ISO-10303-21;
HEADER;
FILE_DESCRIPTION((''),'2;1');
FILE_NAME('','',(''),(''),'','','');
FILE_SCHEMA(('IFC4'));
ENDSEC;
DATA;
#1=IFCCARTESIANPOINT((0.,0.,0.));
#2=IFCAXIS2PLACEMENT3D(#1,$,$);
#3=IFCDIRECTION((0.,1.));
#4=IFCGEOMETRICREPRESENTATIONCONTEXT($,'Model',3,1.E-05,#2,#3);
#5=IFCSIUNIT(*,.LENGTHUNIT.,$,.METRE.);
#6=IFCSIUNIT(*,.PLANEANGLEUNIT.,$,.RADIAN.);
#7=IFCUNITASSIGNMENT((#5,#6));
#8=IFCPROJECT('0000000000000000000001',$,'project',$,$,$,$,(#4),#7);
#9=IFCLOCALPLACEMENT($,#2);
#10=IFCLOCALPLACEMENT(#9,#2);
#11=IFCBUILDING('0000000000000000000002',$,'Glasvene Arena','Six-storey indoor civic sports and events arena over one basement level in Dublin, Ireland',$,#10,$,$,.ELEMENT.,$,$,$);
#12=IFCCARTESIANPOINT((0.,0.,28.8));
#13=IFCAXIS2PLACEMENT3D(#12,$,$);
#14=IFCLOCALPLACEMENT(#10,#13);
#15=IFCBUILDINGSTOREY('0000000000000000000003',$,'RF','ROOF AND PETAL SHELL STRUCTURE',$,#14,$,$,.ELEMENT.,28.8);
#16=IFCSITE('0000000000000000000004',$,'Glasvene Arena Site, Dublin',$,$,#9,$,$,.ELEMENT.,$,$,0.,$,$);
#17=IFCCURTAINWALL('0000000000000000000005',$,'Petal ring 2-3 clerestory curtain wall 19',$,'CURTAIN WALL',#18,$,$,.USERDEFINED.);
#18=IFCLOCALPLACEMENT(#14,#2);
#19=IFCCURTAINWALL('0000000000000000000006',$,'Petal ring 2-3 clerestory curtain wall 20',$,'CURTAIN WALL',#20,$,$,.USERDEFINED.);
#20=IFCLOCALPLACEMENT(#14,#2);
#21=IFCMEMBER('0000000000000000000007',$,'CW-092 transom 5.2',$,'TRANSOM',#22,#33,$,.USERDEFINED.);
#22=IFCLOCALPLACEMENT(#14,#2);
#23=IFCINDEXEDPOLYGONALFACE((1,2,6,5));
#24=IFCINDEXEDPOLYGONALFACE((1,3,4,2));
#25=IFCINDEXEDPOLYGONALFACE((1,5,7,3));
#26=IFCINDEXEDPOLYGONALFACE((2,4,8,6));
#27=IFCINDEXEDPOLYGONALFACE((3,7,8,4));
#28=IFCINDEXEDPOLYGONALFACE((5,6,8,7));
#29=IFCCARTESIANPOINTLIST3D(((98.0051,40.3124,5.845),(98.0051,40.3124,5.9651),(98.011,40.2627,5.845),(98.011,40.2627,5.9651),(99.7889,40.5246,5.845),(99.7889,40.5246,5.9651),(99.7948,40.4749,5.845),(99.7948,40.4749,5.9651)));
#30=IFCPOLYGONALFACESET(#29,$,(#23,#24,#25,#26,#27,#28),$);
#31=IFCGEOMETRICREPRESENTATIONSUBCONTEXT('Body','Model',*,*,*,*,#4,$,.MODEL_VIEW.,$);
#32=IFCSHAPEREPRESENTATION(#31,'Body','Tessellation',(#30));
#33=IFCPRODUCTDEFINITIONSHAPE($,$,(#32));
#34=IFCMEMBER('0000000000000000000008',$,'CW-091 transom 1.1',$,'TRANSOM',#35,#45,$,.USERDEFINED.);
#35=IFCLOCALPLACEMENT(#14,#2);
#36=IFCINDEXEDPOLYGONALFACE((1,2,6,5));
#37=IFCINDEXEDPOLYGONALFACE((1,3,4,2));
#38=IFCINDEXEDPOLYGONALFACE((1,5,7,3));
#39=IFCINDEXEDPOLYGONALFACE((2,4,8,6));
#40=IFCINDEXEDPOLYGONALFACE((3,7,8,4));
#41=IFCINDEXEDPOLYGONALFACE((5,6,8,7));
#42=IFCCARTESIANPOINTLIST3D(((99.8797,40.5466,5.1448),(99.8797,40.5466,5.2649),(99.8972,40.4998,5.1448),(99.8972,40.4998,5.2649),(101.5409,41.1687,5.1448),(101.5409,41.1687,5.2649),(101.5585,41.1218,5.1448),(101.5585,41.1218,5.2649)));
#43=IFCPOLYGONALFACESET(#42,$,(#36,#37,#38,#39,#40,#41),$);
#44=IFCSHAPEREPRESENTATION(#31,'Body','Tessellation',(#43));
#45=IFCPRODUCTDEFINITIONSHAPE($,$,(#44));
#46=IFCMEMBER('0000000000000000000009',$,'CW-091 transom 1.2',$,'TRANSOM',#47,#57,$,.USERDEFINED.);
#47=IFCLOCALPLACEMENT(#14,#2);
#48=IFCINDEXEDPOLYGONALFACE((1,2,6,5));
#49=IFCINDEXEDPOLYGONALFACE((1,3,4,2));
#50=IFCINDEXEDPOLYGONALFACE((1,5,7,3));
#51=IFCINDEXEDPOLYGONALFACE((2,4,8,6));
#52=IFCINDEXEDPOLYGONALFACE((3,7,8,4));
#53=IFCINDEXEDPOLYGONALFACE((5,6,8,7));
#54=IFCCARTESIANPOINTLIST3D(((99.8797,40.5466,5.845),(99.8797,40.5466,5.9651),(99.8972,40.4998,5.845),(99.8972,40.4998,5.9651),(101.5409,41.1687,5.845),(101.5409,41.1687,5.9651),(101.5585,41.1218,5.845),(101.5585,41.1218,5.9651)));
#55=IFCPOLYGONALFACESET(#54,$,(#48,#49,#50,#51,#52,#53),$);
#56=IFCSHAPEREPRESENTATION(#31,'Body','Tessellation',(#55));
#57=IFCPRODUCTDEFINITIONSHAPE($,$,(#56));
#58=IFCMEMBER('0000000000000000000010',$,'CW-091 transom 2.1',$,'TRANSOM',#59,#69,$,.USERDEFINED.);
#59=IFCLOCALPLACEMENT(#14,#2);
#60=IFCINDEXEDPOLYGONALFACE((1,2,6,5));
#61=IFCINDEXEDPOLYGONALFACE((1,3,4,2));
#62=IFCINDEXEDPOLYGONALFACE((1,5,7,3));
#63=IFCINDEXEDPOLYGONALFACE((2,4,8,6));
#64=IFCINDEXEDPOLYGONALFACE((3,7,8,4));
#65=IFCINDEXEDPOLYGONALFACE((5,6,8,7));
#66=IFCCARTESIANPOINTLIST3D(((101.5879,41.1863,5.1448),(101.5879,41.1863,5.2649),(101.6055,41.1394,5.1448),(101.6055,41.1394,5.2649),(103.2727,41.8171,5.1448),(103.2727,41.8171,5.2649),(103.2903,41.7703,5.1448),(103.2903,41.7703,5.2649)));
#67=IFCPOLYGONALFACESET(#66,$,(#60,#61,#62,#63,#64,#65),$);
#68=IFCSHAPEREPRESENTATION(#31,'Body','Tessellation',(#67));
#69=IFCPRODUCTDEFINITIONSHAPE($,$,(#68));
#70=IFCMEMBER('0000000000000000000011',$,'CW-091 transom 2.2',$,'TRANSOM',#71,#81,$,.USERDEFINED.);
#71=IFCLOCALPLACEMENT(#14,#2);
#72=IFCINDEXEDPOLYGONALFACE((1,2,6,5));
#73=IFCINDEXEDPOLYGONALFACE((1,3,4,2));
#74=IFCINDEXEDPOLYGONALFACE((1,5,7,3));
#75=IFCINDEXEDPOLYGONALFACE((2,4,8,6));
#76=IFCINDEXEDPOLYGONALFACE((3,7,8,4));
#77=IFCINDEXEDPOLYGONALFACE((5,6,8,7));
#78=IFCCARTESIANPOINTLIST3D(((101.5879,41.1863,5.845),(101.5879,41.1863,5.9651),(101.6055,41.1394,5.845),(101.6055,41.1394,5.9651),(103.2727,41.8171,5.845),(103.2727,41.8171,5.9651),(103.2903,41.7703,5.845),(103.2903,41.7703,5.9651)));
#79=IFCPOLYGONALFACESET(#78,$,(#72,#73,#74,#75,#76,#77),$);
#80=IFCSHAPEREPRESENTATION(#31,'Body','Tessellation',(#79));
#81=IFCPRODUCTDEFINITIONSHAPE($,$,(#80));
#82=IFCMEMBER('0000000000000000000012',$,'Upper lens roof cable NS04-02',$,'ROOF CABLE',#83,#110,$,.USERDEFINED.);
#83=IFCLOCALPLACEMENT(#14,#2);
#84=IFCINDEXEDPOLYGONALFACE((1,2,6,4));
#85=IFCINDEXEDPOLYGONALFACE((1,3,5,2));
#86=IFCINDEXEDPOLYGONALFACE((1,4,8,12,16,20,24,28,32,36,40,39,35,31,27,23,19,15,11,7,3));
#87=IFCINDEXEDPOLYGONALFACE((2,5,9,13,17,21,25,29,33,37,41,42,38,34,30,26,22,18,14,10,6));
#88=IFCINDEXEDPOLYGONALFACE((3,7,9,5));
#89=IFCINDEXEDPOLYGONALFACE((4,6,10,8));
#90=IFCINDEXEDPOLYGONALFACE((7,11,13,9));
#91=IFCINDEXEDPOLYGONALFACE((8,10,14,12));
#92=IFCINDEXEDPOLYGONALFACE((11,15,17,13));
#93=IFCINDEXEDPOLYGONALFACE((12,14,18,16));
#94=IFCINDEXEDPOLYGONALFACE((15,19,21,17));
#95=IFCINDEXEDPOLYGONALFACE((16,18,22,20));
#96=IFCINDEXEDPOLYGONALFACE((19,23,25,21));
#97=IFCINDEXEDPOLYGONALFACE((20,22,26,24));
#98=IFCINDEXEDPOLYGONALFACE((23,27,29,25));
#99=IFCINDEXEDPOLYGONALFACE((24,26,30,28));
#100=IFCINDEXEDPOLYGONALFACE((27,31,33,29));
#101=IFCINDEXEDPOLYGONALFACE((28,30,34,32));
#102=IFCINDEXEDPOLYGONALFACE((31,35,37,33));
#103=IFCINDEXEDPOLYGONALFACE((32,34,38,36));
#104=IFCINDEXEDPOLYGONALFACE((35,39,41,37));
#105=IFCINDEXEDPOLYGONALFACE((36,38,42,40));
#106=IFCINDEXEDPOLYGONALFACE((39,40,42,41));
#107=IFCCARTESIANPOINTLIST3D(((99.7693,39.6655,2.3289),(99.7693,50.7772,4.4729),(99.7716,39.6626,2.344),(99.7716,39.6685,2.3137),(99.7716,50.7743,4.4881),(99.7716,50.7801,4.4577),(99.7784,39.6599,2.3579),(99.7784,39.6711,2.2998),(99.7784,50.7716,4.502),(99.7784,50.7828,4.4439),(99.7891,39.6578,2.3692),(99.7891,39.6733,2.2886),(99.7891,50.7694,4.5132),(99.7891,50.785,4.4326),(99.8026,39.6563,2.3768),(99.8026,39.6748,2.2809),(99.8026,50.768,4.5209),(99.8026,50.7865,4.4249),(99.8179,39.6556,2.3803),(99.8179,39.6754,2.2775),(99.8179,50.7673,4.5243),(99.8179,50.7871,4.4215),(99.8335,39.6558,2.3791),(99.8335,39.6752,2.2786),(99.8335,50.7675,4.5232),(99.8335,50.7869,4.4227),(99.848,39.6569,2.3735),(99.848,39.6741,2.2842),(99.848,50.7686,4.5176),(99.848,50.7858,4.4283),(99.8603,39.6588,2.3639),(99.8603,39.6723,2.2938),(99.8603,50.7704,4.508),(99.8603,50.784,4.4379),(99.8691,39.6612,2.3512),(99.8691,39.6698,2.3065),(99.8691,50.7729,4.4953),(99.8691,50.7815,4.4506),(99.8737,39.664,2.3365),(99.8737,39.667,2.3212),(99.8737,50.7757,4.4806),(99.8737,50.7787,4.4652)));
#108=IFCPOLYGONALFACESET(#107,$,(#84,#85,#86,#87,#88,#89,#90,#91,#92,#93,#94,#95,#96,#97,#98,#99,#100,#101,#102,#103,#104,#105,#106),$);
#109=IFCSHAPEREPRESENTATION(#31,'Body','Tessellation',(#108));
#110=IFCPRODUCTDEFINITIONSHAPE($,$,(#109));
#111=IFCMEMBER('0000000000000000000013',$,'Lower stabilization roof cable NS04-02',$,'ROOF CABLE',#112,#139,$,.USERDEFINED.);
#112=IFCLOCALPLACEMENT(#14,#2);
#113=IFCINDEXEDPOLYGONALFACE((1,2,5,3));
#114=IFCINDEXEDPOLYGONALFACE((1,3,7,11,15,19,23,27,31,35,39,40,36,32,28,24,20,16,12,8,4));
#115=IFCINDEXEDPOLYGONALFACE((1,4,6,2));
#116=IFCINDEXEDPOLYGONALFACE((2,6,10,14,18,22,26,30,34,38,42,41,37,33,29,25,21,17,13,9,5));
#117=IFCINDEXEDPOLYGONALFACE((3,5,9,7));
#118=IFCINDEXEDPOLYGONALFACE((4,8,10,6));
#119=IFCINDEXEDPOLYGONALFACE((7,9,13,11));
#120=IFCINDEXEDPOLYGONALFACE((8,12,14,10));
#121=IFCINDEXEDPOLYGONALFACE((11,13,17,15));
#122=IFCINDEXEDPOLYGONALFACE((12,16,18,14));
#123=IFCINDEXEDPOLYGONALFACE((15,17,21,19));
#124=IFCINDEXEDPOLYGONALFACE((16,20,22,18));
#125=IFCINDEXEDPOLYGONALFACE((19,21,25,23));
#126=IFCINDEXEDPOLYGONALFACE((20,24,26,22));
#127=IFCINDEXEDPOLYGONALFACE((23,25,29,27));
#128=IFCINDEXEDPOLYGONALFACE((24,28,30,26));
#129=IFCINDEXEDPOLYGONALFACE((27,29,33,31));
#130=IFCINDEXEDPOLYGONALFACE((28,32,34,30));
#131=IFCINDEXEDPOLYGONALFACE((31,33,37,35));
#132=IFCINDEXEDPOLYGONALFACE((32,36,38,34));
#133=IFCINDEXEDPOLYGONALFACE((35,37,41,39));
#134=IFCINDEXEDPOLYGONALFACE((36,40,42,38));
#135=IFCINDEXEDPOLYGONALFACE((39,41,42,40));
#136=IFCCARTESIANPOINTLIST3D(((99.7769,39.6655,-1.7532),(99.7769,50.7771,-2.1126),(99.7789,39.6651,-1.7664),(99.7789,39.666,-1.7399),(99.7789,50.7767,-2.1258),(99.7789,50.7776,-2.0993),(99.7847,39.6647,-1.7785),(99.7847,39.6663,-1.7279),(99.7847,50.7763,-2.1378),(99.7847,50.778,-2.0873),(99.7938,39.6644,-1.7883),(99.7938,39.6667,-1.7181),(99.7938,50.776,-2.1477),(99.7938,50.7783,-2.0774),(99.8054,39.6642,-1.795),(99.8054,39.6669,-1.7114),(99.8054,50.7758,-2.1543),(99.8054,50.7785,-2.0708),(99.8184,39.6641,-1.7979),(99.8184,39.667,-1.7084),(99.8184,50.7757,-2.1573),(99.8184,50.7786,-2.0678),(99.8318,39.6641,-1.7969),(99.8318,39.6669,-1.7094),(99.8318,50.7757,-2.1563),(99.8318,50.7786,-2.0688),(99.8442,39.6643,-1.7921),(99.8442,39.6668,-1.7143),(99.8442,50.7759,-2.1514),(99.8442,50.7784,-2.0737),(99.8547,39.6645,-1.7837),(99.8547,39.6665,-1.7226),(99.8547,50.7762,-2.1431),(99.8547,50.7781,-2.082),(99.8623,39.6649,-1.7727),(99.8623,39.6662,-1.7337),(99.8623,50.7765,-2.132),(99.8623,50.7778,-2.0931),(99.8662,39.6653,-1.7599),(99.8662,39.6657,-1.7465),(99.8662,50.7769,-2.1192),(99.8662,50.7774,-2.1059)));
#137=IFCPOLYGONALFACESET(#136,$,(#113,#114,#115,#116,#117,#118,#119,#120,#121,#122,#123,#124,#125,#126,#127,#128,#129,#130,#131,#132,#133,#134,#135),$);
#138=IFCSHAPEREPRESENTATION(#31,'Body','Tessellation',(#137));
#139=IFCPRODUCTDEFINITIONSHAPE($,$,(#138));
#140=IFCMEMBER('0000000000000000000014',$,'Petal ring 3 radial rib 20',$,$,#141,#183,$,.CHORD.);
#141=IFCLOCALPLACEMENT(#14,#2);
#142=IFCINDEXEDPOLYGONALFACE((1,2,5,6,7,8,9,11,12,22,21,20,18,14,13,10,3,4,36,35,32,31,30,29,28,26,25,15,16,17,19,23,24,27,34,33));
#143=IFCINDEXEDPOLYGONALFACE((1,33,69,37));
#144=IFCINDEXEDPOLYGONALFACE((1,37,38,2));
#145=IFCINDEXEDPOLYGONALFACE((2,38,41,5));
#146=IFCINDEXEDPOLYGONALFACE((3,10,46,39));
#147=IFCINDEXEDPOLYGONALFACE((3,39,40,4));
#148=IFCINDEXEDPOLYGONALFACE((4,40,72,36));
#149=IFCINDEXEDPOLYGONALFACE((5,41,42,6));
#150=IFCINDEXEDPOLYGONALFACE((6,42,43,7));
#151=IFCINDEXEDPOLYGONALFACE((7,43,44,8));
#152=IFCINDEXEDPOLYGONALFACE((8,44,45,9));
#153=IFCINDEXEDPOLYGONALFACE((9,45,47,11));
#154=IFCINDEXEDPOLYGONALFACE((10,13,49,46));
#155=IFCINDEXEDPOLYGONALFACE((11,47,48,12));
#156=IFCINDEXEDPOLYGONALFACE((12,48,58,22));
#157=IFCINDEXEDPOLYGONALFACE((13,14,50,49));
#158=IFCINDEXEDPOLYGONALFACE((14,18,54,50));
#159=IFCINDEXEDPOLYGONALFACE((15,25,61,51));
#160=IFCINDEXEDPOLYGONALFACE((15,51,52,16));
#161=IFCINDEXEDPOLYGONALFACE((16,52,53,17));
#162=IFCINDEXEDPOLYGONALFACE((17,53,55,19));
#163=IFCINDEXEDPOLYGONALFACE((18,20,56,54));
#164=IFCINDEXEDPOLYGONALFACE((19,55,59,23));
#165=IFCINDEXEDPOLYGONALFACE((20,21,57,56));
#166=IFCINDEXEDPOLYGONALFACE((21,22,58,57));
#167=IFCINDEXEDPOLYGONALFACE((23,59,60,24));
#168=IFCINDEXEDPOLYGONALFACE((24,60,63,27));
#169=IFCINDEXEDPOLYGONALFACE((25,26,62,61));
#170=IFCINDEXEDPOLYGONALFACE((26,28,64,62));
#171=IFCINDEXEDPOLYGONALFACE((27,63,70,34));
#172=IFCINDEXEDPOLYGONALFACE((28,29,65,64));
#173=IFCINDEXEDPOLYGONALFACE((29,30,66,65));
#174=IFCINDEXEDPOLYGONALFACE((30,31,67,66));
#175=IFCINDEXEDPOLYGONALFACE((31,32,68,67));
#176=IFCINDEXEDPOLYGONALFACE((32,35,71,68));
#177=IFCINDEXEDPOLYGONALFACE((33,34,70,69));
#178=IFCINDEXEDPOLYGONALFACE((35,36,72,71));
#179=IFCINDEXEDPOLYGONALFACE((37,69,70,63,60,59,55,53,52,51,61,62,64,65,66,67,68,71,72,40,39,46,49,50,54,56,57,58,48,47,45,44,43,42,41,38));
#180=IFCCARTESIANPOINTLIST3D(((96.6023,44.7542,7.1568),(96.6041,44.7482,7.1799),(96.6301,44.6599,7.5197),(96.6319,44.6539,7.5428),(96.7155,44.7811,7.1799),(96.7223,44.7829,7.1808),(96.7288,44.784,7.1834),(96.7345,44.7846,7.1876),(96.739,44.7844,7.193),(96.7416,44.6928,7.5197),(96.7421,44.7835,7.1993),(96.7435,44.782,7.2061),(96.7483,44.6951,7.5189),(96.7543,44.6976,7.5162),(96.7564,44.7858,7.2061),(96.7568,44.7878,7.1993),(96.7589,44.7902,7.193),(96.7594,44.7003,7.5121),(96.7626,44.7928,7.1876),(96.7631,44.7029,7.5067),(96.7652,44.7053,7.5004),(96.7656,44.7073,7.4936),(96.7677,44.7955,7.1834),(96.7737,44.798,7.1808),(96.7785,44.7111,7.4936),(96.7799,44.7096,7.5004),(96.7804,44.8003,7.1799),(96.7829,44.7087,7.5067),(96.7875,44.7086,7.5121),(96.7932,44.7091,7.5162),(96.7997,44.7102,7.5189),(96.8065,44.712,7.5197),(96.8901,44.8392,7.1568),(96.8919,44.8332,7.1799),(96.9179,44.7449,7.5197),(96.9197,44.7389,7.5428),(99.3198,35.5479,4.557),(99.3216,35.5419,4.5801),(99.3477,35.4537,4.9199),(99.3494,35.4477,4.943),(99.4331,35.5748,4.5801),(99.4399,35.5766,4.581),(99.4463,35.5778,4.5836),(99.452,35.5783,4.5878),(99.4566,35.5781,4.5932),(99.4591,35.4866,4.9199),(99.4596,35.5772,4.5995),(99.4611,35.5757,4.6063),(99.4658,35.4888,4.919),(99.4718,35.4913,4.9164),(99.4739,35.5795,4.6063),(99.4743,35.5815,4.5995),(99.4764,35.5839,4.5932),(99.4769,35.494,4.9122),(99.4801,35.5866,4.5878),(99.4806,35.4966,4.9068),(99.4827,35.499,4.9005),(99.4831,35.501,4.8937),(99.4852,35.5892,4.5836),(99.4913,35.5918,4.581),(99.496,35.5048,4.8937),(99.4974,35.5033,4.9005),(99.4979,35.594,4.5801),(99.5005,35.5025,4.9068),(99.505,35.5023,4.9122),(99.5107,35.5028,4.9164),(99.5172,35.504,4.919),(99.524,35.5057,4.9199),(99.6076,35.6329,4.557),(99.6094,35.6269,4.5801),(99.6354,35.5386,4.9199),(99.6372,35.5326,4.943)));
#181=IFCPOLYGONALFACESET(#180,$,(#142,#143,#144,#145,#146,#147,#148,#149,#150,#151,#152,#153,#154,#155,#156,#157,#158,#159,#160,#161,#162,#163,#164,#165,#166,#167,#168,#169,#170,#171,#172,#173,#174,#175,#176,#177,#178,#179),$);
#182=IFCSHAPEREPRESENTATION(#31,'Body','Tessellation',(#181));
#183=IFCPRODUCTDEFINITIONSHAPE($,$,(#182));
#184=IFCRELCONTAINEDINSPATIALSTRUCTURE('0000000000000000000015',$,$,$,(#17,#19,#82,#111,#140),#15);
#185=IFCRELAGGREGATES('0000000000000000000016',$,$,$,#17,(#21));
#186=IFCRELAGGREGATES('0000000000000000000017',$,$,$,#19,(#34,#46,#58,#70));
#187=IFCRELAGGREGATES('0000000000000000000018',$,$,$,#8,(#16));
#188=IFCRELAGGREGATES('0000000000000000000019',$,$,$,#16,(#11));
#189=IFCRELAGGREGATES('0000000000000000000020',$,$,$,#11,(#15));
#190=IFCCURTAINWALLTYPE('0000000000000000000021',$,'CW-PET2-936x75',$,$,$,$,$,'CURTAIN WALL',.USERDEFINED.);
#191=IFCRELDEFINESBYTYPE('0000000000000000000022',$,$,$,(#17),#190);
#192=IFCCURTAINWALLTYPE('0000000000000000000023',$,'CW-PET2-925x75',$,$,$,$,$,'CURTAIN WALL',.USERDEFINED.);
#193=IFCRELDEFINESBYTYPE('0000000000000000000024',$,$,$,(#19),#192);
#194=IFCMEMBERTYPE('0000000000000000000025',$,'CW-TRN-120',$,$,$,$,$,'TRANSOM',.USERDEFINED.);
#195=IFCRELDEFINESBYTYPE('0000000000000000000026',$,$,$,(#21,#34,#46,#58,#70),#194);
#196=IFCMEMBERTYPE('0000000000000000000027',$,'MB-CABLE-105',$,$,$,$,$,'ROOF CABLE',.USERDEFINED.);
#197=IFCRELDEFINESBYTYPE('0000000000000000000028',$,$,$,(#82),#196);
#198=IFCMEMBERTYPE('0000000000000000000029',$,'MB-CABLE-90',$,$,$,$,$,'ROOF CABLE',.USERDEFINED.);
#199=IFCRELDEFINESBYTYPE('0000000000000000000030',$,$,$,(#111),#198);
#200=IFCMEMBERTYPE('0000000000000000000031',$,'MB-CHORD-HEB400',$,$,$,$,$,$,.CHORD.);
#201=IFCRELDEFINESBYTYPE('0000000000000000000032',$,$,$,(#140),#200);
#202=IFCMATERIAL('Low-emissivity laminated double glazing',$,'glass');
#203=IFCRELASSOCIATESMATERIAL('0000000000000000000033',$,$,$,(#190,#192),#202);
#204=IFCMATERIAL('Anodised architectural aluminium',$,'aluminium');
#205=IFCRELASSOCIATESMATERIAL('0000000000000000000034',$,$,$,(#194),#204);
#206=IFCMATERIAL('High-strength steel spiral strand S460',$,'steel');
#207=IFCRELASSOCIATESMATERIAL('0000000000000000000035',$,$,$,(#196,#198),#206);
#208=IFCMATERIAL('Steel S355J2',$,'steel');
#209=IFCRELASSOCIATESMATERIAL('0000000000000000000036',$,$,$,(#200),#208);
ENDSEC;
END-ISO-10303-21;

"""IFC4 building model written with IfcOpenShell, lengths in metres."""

from ifc_helpers import new_model, si_unit, direction, frame, origin, origin_2d, place, context, subcontext, project, spatial, rectangle, circle, i_section, extrude, material, material_profile, profile_set, type_object, element, aggregate, save


model = new_model("IFC4")

# Units and contexts
model_context = context("Model", 3, precision=1e-05, world=origin(), true_north=direction((0.0, 1.0)))
body_context = subcontext(model_context, "Body", "Model", "MODEL_VIEW")
ifc_project = project(units=[si_unit("LENGTHUNIT", "METRE"), si_unit("PLANEANGLEUNIT", "RADIAN")], contexts=[model_context])

# Site, building, storey
site_placement = place(None, origin())
site = spatial("IfcSite", under=ifc_project, at=site_placement, Name="Glasvene Arena Site, Dublin", CompositionType="ELEMENT", RefElevation=0.0)
building_placement = place(site_placement, origin())
building = spatial("IfcBuilding", under=site, at=building_placement, Name="Glasvene Arena", Description="Six-storey indoor civic sports and events arena over one basement level in Dublin, Ireland", CompositionType="ELEMENT")
storey_placement = place(building_placement, frame((0.0, 0.0, 28.8)))
storey = spatial("IfcBuildingStorey", under=building, at=storey_placement, Name="RF", Description="ROOF AND PETAL SHELL STRUCTURE", CompositionType="ELEMENT", Elevation=28.8)

# Curtain walls
ifc_material_1 = material(Name="Low-emissivity laminated double glazing", Category="glass")
ifc_material_2 = material(Name="Anodised architectural aluminium", Category="aluminium")
curtain_wall_type_1 = type_object("IfcCurtainWallType", Name="CW-PET2-936x75", ElementType="CURTAIN WALL", PredefinedType="USERDEFINED", material=ifc_material_1)
curtain_wall_1_placement = place(storey_placement, frame((90.55, 39.3999, 0.0)))
curtain_wall_1 = element("IfcCurtainWall", 1, at=curtain_wall_1_placement, inside=storey, type_object=curtain_wall_type_1, Name="Petal ring 2-3 clerestory curtain wall 19", ObjectType="CURTAIN WALL", PredefinedType="USERDEFINED")
curtain_wall_type_2 = type_object("IfcCurtainWallType", Name="CW-PET2-925x75", ElementType="CURTAIN WALL", PredefinedType="USERDEFINED", material=ifc_material_1)
curtain_wall_2_placement = place(storey_placement, frame((99.8416, 40.5056, 0.0)))
curtain_wall_2 = element("IfcCurtainWall", 2, at=curtain_wall_2_placement, inside=storey, type_object=curtain_wall_type_2, Name="Petal ring 2-3 clerestory curtain wall 20", ObjectType="CURTAIN WALL", PredefinedType="USERDEFINED")

# Members
ifc_material_profile_1 = material_profile(ifc_material_2, rectangle(XDim=0.05, YDim=0.1201, at=origin_2d()), Name="ALU TRANSOM 50x120")
ifc_profile_set_1 = profile_set([ifc_material_profile_1], Name="Anodised architectural aluminium")
member_type_1 = type_object("IfcMemberType", Name="CW-TRN-120", ElementType="TRANSOM", PredefinedType="USERDEFINED", material=ifc_profile_set_1)
member_1_placement = place(storey_placement, frame((98.0081, 40.2876, 5.905), z_axis=(0.993002, 0.118095, 0.0), x_axis=(-0.118095, 0.993002, 0.0)))
member_1 = element("IfcMember", 3, at=member_1_placement, type_object=member_type_1, Name="CW-092 transom 5.2", ObjectType="TRANSOM", PredefinedType="USERDEFINED", context=body_context, shape_type="SweptSolid", body=[
    extrude(rectangle(XDim=0.05, YDim=0.1201, at=origin_2d()), origin(), (0.0, 0.0, 1.0), 1.7964),
])
member_2_placement = place(storey_placement, frame((99.8884, 40.5232, 5.2048), z_axis=(0.936504, 0.350656, 0.0), x_axis=(-0.350656, 0.936504, 0.0)))
member_2 = element("IfcMember", 4, at=member_2_placement, type_object=member_type_1, Name="CW-091 transom 1.1", ObjectType="TRANSOM", PredefinedType="USERDEFINED", context=body_context, shape_type="SweptSolid", body=[
    extrude(rectangle(XDim=0.05, YDim=0.1201, at=origin_2d()), origin(), (0.0, 0.0, 1.0), 1.7739),
])
member_3_placement = place(storey_placement, frame((99.8884, 40.5232, 5.905), z_axis=(0.936504, 0.350656, 0.0), x_axis=(-0.350656, 0.936504, 0.0)))
member_3 = element("IfcMember", 5, at=member_3_placement, type_object=member_type_1, Name="CW-091 transom 1.2", ObjectType="TRANSOM", PredefinedType="USERDEFINED", context=body_context, shape_type="SweptSolid", body=[
    extrude(rectangle(XDim=0.05, YDim=0.1201, at=origin_2d()), origin(), (0.0, 0.0, 1.0), 1.7739),
])
member_4_placement = place(storey_placement, frame((101.5967, 41.1628, 5.2048), z_axis=(0.936502, 0.350662, 0.0), x_axis=(-0.350662, 0.936502, 0.0)))
member_4 = element("IfcMember", 6, at=member_4_placement, type_object=member_type_1, Name="CW-091 transom 2.1", ObjectType="TRANSOM", PredefinedType="USERDEFINED", context=body_context, shape_type="SweptSolid", body=[
    extrude(rectangle(XDim=0.05, YDim=0.1201, at=origin_2d()), origin(), (0.0, 0.0, 1.0), 1.7991),
])
member_5_placement = place(storey_placement, frame((101.5967, 41.1628, 5.905), z_axis=(0.936502, 0.350662, 0.0), x_axis=(-0.350662, 0.936502, 0.0)))
member_5 = element("IfcMember", 7, at=member_5_placement, type_object=member_type_1, Name="CW-091 transom 2.2", ObjectType="TRANSOM", PredefinedType="USERDEFINED", context=body_context, shape_type="SweptSolid", body=[
    extrude(rectangle(XDim=0.05, YDim=0.1201, at=origin_2d()), origin(), (0.0, 0.0, 1.0), 1.7991),
])

# Members
ifc_material_3 = material(Name="High-strength steel spiral strand S460", Category="steel")
ifc_material_profile_2 = material_profile(ifc_material_3, circle(Radius=0.0525, at=origin_2d()), Name="LCSS D105")
ifc_profile_set_2 = profile_set([ifc_material_profile_2], Name="High-strength steel spiral strand S460")
member_type_2 = type_object("IfcMemberType", Name="MB-CABLE-105", ElementType="ROOF CABLE", PredefinedType="USERDEFINED", material=ifc_profile_set_2)
member_6_placement = place(storey_placement, frame((99.8218, 39.6655, 2.3289), z_axis=(0.0, 0.981888, 0.189461), x_axis=(-1.0, 0.0, 0.0)))
element("IfcMember", 8, at=member_6_placement, inside=storey, type_object=member_type_2, Name="Upper lens roof cable NS04-02", ObjectType="ROOF CABLE", PredefinedType="USERDEFINED", context=body_context, shape_type="SweptSolid", body=[
    extrude(circle(Radius=0.0525, at=origin_2d()), origin(), (0.0, 0.0, 1.0), 11.3167),
])
ifc_material_profile_3 = material_profile(ifc_material_3, circle(Radius=0.0449, at=origin_2d()), Name="LCSS D90")
ifc_profile_set_3 = profile_set([ifc_material_profile_3], Name="High-strength steel spiral strand S460")
member_type_3 = type_object("IfcMemberType", Name="MB-CABLE-90", ElementType="ROOF CABLE", PredefinedType="USERDEFINED", material=ifc_profile_set_3)
member_7_placement = place(storey_placement, frame((99.8218, 39.6655, -1.7532), z_axis=(0.0, 0.999477, -0.032326), x_axis=(-1.0, 0.0, 0.0)))
element("IfcMember", 9, at=member_7_placement, inside=storey, type_object=member_type_3, Name="Lower stabilization roof cable NS04-02", ObjectType="ROOF CABLE", PredefinedType="USERDEFINED", context=body_context, shape_type="SweptSolid", body=[
    extrude(circle(Radius=0.0449, at=origin_2d()), origin(), (0.0, 0.0, 1.0), 11.1174),
])
ifc_material_4 = material(Name="Steel S355J2", Category="steel")
ifc_material_profile_4 = material_profile(ifc_material_4, i_section(OverallWidth=0.3, OverallDepth=0.3999, WebThickness=0.0134, FlangeThickness=0.0239, FilletRadius=0.0271, at=origin_2d()), Name="HEB 400")
ifc_profile_set_4 = profile_set([ifc_material_profile_4], Name="Steel S355J2")
member_type_4 = type_object("IfcMemberType", Name="MB-CHORD-HEB400", PredefinedType="CHORD", material=ifc_profile_set_4)
member_8_placement = place(storey_placement, frame((99.4785, 35.5403, 4.75), z_axis=(-0.27326, 0.925735, 0.261427), x_axis=(-0.959089, -0.283105, 0.0)))
element("IfcMember", 10, at=member_8_placement, inside=storey, type_object=member_type_4, Name="Petal ring 3 radial rib 20", PredefinedType="CHORD", context=body_context, shape_type="SweptSolid", body=[
    extrude(i_section(OverallWidth=0.3, OverallDepth=0.3999, WebThickness=0.0134, FlangeThickness=0.0239, FilletRadius=0.0271, at=origin_2d()), origin(), (0.0, 0.0, 1.0), 9.9448),
])

aggregate(curtain_wall_1, [member_1])
aggregate(curtain_wall_2, [member_2, member_3, member_4, member_5])

save(model, "model.ifc")
